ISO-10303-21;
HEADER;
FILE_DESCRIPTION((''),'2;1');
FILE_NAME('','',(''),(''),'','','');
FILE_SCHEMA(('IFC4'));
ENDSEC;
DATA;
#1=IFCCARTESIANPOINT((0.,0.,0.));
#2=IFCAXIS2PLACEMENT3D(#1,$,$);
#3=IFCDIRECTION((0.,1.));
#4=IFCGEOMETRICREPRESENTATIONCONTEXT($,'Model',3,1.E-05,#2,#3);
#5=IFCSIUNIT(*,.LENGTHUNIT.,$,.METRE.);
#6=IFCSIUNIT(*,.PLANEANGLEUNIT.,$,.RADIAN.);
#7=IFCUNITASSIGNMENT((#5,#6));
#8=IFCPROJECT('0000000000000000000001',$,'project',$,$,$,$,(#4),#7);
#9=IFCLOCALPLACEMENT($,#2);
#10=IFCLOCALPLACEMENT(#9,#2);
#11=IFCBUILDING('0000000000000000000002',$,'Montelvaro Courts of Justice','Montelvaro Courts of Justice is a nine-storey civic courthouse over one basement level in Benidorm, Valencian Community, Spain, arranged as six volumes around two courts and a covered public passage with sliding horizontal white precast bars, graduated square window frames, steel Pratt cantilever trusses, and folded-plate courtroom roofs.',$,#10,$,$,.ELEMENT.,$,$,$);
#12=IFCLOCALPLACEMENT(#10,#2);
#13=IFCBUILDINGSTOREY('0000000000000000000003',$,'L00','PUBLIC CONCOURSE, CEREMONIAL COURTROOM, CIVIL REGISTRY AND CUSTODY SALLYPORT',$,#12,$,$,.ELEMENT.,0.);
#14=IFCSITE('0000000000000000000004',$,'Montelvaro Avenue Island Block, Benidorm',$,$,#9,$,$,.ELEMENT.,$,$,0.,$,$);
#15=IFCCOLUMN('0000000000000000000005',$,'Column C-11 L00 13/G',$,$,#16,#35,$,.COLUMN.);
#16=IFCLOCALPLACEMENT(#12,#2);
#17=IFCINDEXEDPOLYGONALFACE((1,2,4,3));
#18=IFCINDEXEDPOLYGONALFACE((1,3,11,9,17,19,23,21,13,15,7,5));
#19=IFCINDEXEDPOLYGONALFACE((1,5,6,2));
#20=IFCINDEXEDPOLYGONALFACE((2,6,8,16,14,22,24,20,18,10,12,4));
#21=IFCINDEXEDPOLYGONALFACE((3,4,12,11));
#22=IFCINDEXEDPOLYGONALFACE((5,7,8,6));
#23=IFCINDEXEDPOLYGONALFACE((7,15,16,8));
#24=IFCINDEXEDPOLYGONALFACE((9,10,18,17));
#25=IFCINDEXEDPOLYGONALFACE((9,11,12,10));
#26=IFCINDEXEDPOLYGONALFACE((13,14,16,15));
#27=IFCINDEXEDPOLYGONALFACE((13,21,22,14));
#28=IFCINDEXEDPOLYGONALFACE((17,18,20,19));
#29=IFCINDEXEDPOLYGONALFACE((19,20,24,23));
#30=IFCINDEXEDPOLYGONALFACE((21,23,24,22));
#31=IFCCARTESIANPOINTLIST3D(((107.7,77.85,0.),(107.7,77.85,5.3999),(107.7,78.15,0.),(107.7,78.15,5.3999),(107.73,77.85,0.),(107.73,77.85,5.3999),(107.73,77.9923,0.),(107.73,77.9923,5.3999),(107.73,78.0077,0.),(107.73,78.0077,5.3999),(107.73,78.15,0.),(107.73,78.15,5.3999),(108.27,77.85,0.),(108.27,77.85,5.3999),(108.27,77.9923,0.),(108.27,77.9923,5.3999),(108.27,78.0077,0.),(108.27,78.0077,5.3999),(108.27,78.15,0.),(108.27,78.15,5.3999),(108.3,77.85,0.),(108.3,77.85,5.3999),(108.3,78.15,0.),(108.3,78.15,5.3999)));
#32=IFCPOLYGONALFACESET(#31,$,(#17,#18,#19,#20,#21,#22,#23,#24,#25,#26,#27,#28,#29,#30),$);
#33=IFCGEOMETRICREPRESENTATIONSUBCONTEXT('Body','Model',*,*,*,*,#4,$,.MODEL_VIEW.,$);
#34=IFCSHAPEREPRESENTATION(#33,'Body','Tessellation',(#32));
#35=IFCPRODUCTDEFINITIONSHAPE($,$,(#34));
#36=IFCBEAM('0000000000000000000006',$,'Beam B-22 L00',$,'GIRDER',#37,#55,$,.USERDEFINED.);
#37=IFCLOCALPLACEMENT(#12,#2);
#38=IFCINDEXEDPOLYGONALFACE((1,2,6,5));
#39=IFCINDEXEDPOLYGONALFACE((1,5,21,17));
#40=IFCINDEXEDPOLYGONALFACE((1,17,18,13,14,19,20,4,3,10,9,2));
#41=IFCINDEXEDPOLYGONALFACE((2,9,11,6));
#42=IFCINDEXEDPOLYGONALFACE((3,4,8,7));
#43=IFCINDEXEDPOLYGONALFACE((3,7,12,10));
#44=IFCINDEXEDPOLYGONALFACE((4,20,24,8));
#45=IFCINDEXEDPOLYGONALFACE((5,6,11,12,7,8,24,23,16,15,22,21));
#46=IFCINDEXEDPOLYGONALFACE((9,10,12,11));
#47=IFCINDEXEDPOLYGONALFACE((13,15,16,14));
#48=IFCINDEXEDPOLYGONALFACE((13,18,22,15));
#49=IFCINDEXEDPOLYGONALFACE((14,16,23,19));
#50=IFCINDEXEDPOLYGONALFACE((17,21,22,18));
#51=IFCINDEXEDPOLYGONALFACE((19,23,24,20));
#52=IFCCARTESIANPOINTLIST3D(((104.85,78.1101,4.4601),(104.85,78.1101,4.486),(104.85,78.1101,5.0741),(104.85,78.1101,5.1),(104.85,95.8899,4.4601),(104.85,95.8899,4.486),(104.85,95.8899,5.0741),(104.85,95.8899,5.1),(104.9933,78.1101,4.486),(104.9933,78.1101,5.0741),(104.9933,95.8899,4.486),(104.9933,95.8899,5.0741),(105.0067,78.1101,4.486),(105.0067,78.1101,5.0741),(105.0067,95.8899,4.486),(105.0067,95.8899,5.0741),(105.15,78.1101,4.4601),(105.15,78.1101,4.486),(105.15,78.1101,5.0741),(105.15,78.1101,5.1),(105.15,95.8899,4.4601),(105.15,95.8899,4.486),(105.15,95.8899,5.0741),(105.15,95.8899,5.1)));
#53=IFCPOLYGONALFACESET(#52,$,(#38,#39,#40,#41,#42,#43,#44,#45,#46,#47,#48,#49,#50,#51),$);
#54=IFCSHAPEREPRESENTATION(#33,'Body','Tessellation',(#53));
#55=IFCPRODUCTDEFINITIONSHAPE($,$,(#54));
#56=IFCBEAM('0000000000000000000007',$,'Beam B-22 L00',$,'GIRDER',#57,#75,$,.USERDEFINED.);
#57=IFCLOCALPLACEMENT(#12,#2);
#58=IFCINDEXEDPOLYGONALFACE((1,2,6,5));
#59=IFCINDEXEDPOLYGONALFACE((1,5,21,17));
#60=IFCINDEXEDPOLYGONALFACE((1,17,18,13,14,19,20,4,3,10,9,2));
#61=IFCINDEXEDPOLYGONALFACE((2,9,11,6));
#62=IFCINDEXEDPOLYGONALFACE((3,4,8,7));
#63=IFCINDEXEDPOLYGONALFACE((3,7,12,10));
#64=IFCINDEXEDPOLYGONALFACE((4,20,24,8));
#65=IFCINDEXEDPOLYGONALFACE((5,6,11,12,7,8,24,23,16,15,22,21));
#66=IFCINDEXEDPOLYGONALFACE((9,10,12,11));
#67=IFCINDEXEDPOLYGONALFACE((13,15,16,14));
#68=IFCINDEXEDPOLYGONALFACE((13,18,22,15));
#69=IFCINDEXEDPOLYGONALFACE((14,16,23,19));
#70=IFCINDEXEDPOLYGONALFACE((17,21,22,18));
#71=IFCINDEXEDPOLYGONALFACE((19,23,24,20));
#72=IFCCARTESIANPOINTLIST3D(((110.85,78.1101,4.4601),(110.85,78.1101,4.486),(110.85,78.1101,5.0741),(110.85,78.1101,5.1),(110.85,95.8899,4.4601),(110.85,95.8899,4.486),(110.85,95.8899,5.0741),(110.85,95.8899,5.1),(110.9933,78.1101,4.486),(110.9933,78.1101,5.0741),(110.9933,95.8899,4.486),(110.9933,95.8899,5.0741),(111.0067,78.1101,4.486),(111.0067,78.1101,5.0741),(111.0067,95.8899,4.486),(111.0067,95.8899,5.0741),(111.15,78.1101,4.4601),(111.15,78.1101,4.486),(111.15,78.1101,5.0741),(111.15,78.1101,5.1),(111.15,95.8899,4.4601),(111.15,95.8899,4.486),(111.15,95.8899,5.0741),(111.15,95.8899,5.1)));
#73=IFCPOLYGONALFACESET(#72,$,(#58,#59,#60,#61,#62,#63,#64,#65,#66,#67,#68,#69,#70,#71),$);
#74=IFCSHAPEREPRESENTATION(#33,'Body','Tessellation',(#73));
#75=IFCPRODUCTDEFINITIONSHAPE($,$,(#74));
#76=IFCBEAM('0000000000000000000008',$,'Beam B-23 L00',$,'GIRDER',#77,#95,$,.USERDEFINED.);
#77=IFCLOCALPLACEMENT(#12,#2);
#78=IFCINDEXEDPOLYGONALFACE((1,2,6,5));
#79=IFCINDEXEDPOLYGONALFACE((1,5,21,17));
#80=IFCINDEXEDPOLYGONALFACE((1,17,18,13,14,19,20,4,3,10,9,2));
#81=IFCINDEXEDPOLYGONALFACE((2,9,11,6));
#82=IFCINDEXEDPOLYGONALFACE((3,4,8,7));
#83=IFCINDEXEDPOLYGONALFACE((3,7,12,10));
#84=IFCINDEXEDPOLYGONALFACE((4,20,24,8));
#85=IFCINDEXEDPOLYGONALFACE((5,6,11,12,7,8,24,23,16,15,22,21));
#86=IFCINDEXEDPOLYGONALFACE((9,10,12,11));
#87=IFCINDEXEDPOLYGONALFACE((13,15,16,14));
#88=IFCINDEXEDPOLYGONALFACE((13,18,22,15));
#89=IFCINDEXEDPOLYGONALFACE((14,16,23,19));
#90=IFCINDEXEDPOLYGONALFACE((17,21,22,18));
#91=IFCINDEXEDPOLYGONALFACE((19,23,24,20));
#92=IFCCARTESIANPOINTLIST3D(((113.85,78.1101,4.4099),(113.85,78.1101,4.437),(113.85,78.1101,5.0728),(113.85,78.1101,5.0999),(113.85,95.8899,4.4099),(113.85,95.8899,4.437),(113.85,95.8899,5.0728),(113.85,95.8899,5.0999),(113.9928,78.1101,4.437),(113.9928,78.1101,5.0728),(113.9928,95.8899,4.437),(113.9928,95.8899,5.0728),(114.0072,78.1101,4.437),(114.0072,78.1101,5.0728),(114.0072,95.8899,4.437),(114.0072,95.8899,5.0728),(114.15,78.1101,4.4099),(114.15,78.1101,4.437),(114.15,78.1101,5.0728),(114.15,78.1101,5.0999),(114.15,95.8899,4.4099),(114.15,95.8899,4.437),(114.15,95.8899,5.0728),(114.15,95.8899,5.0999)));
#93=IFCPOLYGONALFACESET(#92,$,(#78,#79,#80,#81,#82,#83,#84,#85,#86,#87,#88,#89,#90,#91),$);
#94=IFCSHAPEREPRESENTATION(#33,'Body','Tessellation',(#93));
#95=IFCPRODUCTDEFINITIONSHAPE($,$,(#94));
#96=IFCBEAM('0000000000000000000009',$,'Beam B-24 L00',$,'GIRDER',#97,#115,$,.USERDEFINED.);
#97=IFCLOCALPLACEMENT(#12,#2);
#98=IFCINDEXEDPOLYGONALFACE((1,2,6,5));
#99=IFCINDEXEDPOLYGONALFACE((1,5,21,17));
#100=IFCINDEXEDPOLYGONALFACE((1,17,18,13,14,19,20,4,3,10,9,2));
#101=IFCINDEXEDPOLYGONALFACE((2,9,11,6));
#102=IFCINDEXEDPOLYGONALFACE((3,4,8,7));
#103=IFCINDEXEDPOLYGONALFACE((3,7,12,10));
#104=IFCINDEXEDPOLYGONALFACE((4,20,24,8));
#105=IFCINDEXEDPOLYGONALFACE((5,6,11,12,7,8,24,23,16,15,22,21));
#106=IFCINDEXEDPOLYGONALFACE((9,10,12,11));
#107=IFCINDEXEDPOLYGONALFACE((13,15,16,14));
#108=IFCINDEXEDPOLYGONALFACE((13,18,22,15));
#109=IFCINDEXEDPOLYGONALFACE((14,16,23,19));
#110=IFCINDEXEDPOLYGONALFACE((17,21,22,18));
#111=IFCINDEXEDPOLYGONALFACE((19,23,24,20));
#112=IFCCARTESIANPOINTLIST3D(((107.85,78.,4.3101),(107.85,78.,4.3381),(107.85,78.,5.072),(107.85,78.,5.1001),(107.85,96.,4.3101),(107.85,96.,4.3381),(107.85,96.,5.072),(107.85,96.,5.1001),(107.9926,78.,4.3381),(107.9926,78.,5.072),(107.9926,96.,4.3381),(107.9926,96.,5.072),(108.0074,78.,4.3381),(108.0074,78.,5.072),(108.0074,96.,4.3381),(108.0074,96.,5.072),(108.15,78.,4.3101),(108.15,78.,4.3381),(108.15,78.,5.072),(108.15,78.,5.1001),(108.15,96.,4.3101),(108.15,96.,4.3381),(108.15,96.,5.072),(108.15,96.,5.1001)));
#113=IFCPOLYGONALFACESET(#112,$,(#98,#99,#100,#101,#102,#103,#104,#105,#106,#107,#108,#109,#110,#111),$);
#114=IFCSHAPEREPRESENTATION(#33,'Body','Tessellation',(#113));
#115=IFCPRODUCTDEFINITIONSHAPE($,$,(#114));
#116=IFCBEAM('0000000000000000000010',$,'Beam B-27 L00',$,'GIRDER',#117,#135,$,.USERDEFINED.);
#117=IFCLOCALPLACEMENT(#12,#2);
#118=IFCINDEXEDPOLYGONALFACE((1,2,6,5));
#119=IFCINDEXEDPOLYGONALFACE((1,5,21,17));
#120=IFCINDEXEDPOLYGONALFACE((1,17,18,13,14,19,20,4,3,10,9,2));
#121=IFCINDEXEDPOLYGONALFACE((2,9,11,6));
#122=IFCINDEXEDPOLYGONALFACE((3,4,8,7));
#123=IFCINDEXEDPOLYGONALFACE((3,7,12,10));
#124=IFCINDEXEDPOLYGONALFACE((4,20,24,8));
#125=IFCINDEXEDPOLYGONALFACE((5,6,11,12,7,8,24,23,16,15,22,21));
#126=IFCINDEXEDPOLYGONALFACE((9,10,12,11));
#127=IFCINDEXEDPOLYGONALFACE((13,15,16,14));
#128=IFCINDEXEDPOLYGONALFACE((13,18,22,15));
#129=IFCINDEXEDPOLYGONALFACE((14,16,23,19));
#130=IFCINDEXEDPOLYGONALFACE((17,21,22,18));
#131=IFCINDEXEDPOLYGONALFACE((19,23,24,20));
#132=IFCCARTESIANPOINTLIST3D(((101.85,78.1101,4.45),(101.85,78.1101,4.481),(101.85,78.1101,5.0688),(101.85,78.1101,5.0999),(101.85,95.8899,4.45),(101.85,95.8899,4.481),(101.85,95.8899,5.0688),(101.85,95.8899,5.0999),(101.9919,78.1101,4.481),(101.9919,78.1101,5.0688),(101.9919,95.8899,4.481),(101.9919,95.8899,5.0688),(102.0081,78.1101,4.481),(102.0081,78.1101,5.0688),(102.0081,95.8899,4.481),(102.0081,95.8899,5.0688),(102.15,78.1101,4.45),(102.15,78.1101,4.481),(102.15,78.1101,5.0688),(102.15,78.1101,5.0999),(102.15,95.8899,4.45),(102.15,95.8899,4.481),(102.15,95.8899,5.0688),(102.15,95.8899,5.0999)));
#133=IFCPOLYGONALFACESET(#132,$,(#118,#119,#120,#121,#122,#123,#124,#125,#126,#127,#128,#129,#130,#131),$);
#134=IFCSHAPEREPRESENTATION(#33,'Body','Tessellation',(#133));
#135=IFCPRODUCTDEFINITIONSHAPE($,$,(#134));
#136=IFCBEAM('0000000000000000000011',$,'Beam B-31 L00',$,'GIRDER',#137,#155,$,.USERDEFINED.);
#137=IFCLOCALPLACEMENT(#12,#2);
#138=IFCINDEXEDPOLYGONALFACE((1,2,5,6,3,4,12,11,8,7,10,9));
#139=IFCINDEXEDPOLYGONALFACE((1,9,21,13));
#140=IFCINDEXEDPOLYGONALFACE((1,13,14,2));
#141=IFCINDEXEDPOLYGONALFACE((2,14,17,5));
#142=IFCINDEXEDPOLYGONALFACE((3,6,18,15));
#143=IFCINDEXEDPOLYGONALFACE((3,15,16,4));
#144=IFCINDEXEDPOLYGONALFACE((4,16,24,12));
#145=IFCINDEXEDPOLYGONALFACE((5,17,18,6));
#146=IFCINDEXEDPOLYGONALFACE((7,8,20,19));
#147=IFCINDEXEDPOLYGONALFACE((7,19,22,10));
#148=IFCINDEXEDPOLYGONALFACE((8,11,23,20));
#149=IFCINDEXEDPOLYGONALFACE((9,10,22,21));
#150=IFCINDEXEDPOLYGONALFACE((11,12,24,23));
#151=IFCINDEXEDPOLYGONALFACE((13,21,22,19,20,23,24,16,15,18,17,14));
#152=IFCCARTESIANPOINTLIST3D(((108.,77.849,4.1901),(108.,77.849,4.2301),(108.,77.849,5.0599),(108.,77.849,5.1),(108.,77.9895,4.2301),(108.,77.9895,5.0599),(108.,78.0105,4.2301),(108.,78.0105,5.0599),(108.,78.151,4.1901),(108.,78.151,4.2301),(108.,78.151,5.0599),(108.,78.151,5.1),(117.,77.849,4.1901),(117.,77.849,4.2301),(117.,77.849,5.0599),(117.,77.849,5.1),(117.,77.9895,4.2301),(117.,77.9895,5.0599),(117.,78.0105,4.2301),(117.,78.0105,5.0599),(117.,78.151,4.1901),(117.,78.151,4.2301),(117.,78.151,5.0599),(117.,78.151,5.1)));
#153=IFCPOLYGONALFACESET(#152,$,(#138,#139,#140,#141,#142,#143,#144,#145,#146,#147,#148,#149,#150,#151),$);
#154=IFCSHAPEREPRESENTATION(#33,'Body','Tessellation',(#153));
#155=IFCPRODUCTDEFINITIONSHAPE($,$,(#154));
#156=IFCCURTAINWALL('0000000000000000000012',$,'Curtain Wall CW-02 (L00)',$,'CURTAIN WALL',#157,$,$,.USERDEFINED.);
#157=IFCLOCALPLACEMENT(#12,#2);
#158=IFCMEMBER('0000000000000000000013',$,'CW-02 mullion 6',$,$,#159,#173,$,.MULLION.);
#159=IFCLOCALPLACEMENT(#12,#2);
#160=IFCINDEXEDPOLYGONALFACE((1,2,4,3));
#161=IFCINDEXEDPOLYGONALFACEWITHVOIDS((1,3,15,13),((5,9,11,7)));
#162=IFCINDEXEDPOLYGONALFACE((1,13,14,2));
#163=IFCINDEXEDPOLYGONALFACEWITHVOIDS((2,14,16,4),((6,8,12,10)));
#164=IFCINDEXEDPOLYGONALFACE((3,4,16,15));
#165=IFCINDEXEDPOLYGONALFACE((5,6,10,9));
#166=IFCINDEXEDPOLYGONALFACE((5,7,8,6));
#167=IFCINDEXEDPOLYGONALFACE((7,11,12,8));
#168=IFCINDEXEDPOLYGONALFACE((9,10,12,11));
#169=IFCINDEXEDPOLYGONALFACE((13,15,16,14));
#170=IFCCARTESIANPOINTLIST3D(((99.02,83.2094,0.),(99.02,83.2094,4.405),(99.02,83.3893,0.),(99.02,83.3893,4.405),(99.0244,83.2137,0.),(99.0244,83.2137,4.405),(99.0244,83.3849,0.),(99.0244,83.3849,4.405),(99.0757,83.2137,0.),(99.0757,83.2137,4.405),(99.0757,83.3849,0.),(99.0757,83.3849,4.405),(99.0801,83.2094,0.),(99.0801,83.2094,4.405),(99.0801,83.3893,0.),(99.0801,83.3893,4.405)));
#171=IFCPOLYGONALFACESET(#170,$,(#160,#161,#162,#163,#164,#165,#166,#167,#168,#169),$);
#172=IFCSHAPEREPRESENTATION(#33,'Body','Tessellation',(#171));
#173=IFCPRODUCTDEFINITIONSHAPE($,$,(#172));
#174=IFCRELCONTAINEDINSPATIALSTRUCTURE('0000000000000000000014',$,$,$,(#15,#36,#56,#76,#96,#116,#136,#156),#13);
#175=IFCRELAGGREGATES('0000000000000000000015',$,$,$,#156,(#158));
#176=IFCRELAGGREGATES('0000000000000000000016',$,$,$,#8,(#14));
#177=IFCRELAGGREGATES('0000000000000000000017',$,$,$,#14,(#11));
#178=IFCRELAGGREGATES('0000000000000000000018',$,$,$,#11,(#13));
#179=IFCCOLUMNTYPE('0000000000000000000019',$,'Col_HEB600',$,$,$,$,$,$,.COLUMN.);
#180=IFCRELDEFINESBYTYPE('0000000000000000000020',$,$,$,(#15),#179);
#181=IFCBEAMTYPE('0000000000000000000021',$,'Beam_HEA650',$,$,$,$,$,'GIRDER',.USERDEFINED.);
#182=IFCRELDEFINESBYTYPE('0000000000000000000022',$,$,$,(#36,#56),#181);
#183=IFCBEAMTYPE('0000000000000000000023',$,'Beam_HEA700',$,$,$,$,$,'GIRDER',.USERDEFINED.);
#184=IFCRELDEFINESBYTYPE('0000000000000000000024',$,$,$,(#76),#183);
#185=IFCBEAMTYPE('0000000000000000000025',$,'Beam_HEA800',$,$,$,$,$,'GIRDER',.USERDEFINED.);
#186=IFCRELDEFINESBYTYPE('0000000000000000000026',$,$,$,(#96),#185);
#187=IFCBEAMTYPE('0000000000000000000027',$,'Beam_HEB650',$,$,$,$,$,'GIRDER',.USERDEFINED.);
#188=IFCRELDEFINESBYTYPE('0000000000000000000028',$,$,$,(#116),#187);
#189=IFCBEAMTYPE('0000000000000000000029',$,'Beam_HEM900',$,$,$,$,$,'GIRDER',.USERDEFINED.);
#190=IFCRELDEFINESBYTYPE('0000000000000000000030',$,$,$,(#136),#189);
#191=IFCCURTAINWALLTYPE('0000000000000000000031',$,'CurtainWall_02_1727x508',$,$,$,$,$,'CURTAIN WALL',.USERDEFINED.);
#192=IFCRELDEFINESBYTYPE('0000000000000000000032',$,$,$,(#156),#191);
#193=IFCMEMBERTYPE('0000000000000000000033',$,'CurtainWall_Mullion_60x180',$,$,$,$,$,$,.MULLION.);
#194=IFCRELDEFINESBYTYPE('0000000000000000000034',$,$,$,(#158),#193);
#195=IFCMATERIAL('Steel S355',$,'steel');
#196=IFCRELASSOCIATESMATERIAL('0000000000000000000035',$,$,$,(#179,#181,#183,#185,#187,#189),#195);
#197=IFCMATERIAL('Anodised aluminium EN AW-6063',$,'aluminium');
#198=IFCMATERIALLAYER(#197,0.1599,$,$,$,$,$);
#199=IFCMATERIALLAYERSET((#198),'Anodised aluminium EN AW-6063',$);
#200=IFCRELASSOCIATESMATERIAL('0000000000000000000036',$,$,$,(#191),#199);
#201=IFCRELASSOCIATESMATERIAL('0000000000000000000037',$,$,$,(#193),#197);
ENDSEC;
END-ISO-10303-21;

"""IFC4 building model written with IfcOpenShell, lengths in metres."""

from ifc_helpers import new_model, si_unit, direction, frame, origin, origin_2d, place, context, subcontext, project, spatial, hollow_rectangle, i_section, extrude, material, layer, layer_set, material_profile, profile_set, type_object, element, aggregate, save


model = new_model("IFC4")

# Units and contexts
model_context = context("Model", 3, precision=1e-05, world=origin(), true_north=direction((0.0, 1.0)))
body_context = subcontext(model_context, "Body", "Model", "MODEL_VIEW")
ifc_project = project(units=[si_unit("LENGTHUNIT", "METRE"), si_unit("PLANEANGLEUNIT", "RADIAN")], contexts=[model_context])

# Site, building, storey
site_placement = place(None, origin())
site = spatial("IfcSite", under=ifc_project, at=site_placement, Name="Montelvaro Avenue Island Block, Benidorm", CompositionType="ELEMENT", RefElevation=0.0)
building_placement = place(site_placement, origin())
building = spatial("IfcBuilding", under=site, at=building_placement, Name="Montelvaro Courts of Justice", Description="Montelvaro Courts of Justice is a nine-storey civic courthouse over one basement level in Benidorm, Valencian Community, Spain, arranged as six volumes around two courts and a covered public passage with sliding horizontal white precast bars, graduated square window frames, steel Pratt cantilever trusses, and folded-plate courtroom roofs.", CompositionType="ELEMENT")
storey_placement = place(building_placement, origin())
storey = spatial("IfcBuildingStorey", under=building, at=storey_placement, Name="L00", Description="PUBLIC CONCOURSE, CEREMONIAL COURTROOM, CIVIL REGISTRY AND CUSTODY SALLYPORT", CompositionType="ELEMENT", Elevation=0.0)

# Column
ifc_material_1 = material(Name="Steel S355", Category="steel")
ifc_material_profile_1 = material_profile(ifc_material_1, i_section(OverallWidth=0.3, OverallDepth=0.6001, WebThickness=0.0154, FlangeThickness=0.03, at=origin_2d()), Name="HEB 600")
ifc_profile_set_1 = profile_set([ifc_material_profile_1], Name="Steel S355")
column_type = type_object("IfcColumnType", Name="Col_HEB600", PredefinedType="COLUMN", material=ifc_profile_set_1)
column_placement = place(storey_placement, frame((108.0, 78.0, 0.0), z_axis=(0.0, 0.0, 1.0), x_axis=(0.0, 1.0, 0.0)))
element("IfcColumn", 1, at=column_placement, inside=storey, type_object=column_type, Name="Column C-11 L00 13/G", PredefinedType="COLUMN", context=body_context, shape_type="SweptSolid", body=[
    extrude(i_section(OverallWidth=0.3, OverallDepth=0.6001, WebThickness=0.0154, FlangeThickness=0.03, at=origin_2d()), origin(), (0.0, 0.0, 1.0), 5.3999),
])

# Beams
ifc_material_profile_2 = material_profile(ifc_material_1, i_section(OverallWidth=0.3, OverallDepth=0.6399, WebThickness=0.0134, FlangeThickness=0.0259, at=origin_2d()), Name="HEA 650")
ifc_profile_set_2 = profile_set([ifc_material_profile_2], Name="Steel S355")
beam_type_1 = type_object("IfcBeamType", Name="Beam_HEA650", ElementType="GIRDER", PredefinedType="USERDEFINED", material=ifc_profile_set_2)
for number, where, z_axis, x_axis, name in (
    (2, (105.0, 78.1101, 4.78), (0.0, 1.0, 0.0), (-1.0, 0.0, 0.0), "Beam B-22 L00"),
    (3, (111.0, 78.1101, 4.78), (0.0, 1.0, 0.0), (-1.0, 0.0, 0.0), "Beam B-22 L00"),
):
    element("IfcBeam", number, at=place(storey_placement, frame(where, z_axis=z_axis, x_axis=x_axis)), inside=storey, type_object=beam_type_1, Name=name, ObjectType="GIRDER", PredefinedType="USERDEFINED", context=body_context, shape_type="SweptSolid", body=[
        extrude(i_section(OverallWidth=0.3, OverallDepth=0.6399, WebThickness=0.0134, FlangeThickness=0.0259, at=origin_2d()), origin(), (0.0, 0.0, 1.0), 17.7798),
    ])
ifc_material_profile_3 = material_profile(ifc_material_1, i_section(OverallWidth=0.3, OverallDepth=0.6899, WebThickness=0.0144, FlangeThickness=0.0271, at=origin_2d()), Name="HEA 700")
ifc_profile_set_3 = profile_set([ifc_material_profile_3], Name="Steel S355")
beam_type_2 = type_object("IfcBeamType", Name="Beam_HEA700", ElementType="GIRDER", PredefinedType="USERDEFINED", material=ifc_profile_set_3)
beam_1_placement = place(storey_placement, frame((114.0, 78.1101, 4.7549), z_axis=(0.0, 1.0, 0.0), x_axis=(-1.0, 0.0, 0.0)))
element("IfcBeam", 4, at=beam_1_placement, inside=storey, type_object=beam_type_2, Name="Beam B-23 L00", ObjectType="GIRDER", PredefinedType="USERDEFINED", context=body_context, shape_type="SweptSolid", body=[
    extrude(i_section(OverallWidth=0.3, OverallDepth=0.6899, WebThickness=0.0144, FlangeThickness=0.0271, at=origin_2d()), origin(), (0.0, 0.0, 1.0), 17.7798),
])
ifc_material_profile_4 = material_profile(ifc_material_1, i_section(OverallWidth=0.3, OverallDepth=0.79, WebThickness=0.0149, FlangeThickness=0.0281, at=origin_2d()), Name="HEA 800")
ifc_profile_set_4 = profile_set([ifc_material_profile_4], Name="Steel S355")
beam_type_3 = type_object("IfcBeamType", Name="Beam_HEA800", ElementType="GIRDER", PredefinedType="USERDEFINED", material=ifc_profile_set_4)
beam_2_placement = place(storey_placement, frame((108.0, 78.0, 4.7051), z_axis=(0.0, 1.0, 0.0), x_axis=(-1.0, 0.0, 0.0)))
element("IfcBeam", 5, at=beam_2_placement, inside=storey, type_object=beam_type_3, Name="Beam B-24 L00", ObjectType="GIRDER", PredefinedType="USERDEFINED", context=body_context, shape_type="SweptSolid", body=[
    extrude(i_section(OverallWidth=0.3, OverallDepth=0.79, WebThickness=0.0149, FlangeThickness=0.0281, at=origin_2d()), origin(), (0.0, 0.0, 1.0), 18.0),
])
ifc_material_profile_5 = material_profile(ifc_material_1, i_section(OverallWidth=0.3, OverallDepth=0.6499, WebThickness=0.0161, FlangeThickness=0.031, at=origin_2d()), Name="HEB 650")
ifc_profile_set_5 = profile_set([ifc_material_profile_5], Name="Steel S355")
beam_type_4 = type_object("IfcBeamType", Name="Beam_HEB650", ElementType="GIRDER", PredefinedType="USERDEFINED", material=ifc_profile_set_5)
beam_3_placement = place(storey_placement, frame((102.0, 78.1101, 4.7749), z_axis=(0.0, 1.0, 0.0), x_axis=(-1.0, 0.0, 0.0)))
element("IfcBeam", 6, at=beam_3_placement, inside=storey, type_object=beam_type_4, Name="Beam B-27 L00", ObjectType="GIRDER", PredefinedType="USERDEFINED", context=body_context, shape_type="SweptSolid", body=[
    extrude(i_section(OverallWidth=0.3, OverallDepth=0.6499, WebThickness=0.0161, FlangeThickness=0.031, at=origin_2d()), origin(), (0.0, 0.0, 1.0), 17.7798),
])
ifc_material_profile_6 = material_profile(ifc_material_1, i_section(OverallWidth=0.302, OverallDepth=0.9099, WebThickness=0.021, FlangeThickness=0.04, at=origin_2d()), Name="HEM 900")
ifc_profile_set_6 = profile_set([ifc_material_profile_6], Name="Steel S355")
beam_type_5 = type_object("IfcBeamType", Name="Beam_HEM900", ElementType="GIRDER", PredefinedType="USERDEFINED", material=ifc_profile_set_6)
beam_4_placement = place(storey_placement, frame((108.0, 78.0, 4.645), z_axis=(1.0, 0.0, 0.0), x_axis=(0.0, 1.0, 0.0)))
element("IfcBeam", 7, at=beam_4_placement, inside=storey, type_object=beam_type_5, Name="Beam B-31 L00", ObjectType="GIRDER", PredefinedType="USERDEFINED", context=body_context, shape_type="SweptSolid", body=[
    extrude(i_section(OverallWidth=0.302, OverallDepth=0.9099, WebThickness=0.021, FlangeThickness=0.04, at=origin_2d()), origin(), (0.0, 0.0, 1.0), 9.0),
])

# Curtain wall, member
ifc_material_2 = material(Name="Anodised aluminium EN AW-6063", Category="aluminium")
ifc_layer_1 = layer(ifc_material_2, 0.1599)
ifc_layer_set_1 = layer_set([ifc_layer_1], Name="Anodised aluminium EN AW-6063")
curtain_wall_type_1 = type_object("IfcCurtainWallType", Name="CurtainWall_02_1727x508", ElementType="CURTAIN WALL", PredefinedType="USERDEFINED", material=ifc_layer_set_1)
curtain_wall_1_placement = place(storey_placement, origin())
curtain_wall_1 = element("IfcCurtainWall", 8, at=curtain_wall_1_placement, inside=storey, type_object=curtain_wall_type_1, Name="Curtain Wall CW-02 (L00)", ObjectType="CURTAIN WALL", PredefinedType="USERDEFINED")
ifc_material_profile_7 = material_profile(ifc_material_2, hollow_rectangle(XDim=0.0601, YDim=0.1799, WallThickness=0.0044, at=origin_2d()), Name="ALU-M 60x180")
ifc_profile_set_7 = profile_set([ifc_material_profile_7], Name="Anodised aluminium EN AW-6063")
member_type_1 = type_object("IfcMemberType", Name="CurtainWall_Mullion_60x180", PredefinedType="MULLION", material=ifc_profile_set_7)
member_1_placement = place(storey_placement, frame((99.05, 83.2993, 0.0), z_axis=(0.0, 0.0, 1.0), x_axis=(1.0, 0.0, 0.0)))
member_1 = element("IfcMember", 9, at=member_1_placement, type_object=member_type_1, Name="CW-02 mullion 6", PredefinedType="MULLION", context=body_context, shape_type="SweptSolid", body=[
    extrude(hollow_rectangle(XDim=0.0601, YDim=0.1799, WallThickness=0.0044, at=origin_2d()), origin(), (0.0, 0.0, 1.0), 4.405),
])

aggregate(curtain_wall_1, [member_1])

save(model, "model.ifc")
